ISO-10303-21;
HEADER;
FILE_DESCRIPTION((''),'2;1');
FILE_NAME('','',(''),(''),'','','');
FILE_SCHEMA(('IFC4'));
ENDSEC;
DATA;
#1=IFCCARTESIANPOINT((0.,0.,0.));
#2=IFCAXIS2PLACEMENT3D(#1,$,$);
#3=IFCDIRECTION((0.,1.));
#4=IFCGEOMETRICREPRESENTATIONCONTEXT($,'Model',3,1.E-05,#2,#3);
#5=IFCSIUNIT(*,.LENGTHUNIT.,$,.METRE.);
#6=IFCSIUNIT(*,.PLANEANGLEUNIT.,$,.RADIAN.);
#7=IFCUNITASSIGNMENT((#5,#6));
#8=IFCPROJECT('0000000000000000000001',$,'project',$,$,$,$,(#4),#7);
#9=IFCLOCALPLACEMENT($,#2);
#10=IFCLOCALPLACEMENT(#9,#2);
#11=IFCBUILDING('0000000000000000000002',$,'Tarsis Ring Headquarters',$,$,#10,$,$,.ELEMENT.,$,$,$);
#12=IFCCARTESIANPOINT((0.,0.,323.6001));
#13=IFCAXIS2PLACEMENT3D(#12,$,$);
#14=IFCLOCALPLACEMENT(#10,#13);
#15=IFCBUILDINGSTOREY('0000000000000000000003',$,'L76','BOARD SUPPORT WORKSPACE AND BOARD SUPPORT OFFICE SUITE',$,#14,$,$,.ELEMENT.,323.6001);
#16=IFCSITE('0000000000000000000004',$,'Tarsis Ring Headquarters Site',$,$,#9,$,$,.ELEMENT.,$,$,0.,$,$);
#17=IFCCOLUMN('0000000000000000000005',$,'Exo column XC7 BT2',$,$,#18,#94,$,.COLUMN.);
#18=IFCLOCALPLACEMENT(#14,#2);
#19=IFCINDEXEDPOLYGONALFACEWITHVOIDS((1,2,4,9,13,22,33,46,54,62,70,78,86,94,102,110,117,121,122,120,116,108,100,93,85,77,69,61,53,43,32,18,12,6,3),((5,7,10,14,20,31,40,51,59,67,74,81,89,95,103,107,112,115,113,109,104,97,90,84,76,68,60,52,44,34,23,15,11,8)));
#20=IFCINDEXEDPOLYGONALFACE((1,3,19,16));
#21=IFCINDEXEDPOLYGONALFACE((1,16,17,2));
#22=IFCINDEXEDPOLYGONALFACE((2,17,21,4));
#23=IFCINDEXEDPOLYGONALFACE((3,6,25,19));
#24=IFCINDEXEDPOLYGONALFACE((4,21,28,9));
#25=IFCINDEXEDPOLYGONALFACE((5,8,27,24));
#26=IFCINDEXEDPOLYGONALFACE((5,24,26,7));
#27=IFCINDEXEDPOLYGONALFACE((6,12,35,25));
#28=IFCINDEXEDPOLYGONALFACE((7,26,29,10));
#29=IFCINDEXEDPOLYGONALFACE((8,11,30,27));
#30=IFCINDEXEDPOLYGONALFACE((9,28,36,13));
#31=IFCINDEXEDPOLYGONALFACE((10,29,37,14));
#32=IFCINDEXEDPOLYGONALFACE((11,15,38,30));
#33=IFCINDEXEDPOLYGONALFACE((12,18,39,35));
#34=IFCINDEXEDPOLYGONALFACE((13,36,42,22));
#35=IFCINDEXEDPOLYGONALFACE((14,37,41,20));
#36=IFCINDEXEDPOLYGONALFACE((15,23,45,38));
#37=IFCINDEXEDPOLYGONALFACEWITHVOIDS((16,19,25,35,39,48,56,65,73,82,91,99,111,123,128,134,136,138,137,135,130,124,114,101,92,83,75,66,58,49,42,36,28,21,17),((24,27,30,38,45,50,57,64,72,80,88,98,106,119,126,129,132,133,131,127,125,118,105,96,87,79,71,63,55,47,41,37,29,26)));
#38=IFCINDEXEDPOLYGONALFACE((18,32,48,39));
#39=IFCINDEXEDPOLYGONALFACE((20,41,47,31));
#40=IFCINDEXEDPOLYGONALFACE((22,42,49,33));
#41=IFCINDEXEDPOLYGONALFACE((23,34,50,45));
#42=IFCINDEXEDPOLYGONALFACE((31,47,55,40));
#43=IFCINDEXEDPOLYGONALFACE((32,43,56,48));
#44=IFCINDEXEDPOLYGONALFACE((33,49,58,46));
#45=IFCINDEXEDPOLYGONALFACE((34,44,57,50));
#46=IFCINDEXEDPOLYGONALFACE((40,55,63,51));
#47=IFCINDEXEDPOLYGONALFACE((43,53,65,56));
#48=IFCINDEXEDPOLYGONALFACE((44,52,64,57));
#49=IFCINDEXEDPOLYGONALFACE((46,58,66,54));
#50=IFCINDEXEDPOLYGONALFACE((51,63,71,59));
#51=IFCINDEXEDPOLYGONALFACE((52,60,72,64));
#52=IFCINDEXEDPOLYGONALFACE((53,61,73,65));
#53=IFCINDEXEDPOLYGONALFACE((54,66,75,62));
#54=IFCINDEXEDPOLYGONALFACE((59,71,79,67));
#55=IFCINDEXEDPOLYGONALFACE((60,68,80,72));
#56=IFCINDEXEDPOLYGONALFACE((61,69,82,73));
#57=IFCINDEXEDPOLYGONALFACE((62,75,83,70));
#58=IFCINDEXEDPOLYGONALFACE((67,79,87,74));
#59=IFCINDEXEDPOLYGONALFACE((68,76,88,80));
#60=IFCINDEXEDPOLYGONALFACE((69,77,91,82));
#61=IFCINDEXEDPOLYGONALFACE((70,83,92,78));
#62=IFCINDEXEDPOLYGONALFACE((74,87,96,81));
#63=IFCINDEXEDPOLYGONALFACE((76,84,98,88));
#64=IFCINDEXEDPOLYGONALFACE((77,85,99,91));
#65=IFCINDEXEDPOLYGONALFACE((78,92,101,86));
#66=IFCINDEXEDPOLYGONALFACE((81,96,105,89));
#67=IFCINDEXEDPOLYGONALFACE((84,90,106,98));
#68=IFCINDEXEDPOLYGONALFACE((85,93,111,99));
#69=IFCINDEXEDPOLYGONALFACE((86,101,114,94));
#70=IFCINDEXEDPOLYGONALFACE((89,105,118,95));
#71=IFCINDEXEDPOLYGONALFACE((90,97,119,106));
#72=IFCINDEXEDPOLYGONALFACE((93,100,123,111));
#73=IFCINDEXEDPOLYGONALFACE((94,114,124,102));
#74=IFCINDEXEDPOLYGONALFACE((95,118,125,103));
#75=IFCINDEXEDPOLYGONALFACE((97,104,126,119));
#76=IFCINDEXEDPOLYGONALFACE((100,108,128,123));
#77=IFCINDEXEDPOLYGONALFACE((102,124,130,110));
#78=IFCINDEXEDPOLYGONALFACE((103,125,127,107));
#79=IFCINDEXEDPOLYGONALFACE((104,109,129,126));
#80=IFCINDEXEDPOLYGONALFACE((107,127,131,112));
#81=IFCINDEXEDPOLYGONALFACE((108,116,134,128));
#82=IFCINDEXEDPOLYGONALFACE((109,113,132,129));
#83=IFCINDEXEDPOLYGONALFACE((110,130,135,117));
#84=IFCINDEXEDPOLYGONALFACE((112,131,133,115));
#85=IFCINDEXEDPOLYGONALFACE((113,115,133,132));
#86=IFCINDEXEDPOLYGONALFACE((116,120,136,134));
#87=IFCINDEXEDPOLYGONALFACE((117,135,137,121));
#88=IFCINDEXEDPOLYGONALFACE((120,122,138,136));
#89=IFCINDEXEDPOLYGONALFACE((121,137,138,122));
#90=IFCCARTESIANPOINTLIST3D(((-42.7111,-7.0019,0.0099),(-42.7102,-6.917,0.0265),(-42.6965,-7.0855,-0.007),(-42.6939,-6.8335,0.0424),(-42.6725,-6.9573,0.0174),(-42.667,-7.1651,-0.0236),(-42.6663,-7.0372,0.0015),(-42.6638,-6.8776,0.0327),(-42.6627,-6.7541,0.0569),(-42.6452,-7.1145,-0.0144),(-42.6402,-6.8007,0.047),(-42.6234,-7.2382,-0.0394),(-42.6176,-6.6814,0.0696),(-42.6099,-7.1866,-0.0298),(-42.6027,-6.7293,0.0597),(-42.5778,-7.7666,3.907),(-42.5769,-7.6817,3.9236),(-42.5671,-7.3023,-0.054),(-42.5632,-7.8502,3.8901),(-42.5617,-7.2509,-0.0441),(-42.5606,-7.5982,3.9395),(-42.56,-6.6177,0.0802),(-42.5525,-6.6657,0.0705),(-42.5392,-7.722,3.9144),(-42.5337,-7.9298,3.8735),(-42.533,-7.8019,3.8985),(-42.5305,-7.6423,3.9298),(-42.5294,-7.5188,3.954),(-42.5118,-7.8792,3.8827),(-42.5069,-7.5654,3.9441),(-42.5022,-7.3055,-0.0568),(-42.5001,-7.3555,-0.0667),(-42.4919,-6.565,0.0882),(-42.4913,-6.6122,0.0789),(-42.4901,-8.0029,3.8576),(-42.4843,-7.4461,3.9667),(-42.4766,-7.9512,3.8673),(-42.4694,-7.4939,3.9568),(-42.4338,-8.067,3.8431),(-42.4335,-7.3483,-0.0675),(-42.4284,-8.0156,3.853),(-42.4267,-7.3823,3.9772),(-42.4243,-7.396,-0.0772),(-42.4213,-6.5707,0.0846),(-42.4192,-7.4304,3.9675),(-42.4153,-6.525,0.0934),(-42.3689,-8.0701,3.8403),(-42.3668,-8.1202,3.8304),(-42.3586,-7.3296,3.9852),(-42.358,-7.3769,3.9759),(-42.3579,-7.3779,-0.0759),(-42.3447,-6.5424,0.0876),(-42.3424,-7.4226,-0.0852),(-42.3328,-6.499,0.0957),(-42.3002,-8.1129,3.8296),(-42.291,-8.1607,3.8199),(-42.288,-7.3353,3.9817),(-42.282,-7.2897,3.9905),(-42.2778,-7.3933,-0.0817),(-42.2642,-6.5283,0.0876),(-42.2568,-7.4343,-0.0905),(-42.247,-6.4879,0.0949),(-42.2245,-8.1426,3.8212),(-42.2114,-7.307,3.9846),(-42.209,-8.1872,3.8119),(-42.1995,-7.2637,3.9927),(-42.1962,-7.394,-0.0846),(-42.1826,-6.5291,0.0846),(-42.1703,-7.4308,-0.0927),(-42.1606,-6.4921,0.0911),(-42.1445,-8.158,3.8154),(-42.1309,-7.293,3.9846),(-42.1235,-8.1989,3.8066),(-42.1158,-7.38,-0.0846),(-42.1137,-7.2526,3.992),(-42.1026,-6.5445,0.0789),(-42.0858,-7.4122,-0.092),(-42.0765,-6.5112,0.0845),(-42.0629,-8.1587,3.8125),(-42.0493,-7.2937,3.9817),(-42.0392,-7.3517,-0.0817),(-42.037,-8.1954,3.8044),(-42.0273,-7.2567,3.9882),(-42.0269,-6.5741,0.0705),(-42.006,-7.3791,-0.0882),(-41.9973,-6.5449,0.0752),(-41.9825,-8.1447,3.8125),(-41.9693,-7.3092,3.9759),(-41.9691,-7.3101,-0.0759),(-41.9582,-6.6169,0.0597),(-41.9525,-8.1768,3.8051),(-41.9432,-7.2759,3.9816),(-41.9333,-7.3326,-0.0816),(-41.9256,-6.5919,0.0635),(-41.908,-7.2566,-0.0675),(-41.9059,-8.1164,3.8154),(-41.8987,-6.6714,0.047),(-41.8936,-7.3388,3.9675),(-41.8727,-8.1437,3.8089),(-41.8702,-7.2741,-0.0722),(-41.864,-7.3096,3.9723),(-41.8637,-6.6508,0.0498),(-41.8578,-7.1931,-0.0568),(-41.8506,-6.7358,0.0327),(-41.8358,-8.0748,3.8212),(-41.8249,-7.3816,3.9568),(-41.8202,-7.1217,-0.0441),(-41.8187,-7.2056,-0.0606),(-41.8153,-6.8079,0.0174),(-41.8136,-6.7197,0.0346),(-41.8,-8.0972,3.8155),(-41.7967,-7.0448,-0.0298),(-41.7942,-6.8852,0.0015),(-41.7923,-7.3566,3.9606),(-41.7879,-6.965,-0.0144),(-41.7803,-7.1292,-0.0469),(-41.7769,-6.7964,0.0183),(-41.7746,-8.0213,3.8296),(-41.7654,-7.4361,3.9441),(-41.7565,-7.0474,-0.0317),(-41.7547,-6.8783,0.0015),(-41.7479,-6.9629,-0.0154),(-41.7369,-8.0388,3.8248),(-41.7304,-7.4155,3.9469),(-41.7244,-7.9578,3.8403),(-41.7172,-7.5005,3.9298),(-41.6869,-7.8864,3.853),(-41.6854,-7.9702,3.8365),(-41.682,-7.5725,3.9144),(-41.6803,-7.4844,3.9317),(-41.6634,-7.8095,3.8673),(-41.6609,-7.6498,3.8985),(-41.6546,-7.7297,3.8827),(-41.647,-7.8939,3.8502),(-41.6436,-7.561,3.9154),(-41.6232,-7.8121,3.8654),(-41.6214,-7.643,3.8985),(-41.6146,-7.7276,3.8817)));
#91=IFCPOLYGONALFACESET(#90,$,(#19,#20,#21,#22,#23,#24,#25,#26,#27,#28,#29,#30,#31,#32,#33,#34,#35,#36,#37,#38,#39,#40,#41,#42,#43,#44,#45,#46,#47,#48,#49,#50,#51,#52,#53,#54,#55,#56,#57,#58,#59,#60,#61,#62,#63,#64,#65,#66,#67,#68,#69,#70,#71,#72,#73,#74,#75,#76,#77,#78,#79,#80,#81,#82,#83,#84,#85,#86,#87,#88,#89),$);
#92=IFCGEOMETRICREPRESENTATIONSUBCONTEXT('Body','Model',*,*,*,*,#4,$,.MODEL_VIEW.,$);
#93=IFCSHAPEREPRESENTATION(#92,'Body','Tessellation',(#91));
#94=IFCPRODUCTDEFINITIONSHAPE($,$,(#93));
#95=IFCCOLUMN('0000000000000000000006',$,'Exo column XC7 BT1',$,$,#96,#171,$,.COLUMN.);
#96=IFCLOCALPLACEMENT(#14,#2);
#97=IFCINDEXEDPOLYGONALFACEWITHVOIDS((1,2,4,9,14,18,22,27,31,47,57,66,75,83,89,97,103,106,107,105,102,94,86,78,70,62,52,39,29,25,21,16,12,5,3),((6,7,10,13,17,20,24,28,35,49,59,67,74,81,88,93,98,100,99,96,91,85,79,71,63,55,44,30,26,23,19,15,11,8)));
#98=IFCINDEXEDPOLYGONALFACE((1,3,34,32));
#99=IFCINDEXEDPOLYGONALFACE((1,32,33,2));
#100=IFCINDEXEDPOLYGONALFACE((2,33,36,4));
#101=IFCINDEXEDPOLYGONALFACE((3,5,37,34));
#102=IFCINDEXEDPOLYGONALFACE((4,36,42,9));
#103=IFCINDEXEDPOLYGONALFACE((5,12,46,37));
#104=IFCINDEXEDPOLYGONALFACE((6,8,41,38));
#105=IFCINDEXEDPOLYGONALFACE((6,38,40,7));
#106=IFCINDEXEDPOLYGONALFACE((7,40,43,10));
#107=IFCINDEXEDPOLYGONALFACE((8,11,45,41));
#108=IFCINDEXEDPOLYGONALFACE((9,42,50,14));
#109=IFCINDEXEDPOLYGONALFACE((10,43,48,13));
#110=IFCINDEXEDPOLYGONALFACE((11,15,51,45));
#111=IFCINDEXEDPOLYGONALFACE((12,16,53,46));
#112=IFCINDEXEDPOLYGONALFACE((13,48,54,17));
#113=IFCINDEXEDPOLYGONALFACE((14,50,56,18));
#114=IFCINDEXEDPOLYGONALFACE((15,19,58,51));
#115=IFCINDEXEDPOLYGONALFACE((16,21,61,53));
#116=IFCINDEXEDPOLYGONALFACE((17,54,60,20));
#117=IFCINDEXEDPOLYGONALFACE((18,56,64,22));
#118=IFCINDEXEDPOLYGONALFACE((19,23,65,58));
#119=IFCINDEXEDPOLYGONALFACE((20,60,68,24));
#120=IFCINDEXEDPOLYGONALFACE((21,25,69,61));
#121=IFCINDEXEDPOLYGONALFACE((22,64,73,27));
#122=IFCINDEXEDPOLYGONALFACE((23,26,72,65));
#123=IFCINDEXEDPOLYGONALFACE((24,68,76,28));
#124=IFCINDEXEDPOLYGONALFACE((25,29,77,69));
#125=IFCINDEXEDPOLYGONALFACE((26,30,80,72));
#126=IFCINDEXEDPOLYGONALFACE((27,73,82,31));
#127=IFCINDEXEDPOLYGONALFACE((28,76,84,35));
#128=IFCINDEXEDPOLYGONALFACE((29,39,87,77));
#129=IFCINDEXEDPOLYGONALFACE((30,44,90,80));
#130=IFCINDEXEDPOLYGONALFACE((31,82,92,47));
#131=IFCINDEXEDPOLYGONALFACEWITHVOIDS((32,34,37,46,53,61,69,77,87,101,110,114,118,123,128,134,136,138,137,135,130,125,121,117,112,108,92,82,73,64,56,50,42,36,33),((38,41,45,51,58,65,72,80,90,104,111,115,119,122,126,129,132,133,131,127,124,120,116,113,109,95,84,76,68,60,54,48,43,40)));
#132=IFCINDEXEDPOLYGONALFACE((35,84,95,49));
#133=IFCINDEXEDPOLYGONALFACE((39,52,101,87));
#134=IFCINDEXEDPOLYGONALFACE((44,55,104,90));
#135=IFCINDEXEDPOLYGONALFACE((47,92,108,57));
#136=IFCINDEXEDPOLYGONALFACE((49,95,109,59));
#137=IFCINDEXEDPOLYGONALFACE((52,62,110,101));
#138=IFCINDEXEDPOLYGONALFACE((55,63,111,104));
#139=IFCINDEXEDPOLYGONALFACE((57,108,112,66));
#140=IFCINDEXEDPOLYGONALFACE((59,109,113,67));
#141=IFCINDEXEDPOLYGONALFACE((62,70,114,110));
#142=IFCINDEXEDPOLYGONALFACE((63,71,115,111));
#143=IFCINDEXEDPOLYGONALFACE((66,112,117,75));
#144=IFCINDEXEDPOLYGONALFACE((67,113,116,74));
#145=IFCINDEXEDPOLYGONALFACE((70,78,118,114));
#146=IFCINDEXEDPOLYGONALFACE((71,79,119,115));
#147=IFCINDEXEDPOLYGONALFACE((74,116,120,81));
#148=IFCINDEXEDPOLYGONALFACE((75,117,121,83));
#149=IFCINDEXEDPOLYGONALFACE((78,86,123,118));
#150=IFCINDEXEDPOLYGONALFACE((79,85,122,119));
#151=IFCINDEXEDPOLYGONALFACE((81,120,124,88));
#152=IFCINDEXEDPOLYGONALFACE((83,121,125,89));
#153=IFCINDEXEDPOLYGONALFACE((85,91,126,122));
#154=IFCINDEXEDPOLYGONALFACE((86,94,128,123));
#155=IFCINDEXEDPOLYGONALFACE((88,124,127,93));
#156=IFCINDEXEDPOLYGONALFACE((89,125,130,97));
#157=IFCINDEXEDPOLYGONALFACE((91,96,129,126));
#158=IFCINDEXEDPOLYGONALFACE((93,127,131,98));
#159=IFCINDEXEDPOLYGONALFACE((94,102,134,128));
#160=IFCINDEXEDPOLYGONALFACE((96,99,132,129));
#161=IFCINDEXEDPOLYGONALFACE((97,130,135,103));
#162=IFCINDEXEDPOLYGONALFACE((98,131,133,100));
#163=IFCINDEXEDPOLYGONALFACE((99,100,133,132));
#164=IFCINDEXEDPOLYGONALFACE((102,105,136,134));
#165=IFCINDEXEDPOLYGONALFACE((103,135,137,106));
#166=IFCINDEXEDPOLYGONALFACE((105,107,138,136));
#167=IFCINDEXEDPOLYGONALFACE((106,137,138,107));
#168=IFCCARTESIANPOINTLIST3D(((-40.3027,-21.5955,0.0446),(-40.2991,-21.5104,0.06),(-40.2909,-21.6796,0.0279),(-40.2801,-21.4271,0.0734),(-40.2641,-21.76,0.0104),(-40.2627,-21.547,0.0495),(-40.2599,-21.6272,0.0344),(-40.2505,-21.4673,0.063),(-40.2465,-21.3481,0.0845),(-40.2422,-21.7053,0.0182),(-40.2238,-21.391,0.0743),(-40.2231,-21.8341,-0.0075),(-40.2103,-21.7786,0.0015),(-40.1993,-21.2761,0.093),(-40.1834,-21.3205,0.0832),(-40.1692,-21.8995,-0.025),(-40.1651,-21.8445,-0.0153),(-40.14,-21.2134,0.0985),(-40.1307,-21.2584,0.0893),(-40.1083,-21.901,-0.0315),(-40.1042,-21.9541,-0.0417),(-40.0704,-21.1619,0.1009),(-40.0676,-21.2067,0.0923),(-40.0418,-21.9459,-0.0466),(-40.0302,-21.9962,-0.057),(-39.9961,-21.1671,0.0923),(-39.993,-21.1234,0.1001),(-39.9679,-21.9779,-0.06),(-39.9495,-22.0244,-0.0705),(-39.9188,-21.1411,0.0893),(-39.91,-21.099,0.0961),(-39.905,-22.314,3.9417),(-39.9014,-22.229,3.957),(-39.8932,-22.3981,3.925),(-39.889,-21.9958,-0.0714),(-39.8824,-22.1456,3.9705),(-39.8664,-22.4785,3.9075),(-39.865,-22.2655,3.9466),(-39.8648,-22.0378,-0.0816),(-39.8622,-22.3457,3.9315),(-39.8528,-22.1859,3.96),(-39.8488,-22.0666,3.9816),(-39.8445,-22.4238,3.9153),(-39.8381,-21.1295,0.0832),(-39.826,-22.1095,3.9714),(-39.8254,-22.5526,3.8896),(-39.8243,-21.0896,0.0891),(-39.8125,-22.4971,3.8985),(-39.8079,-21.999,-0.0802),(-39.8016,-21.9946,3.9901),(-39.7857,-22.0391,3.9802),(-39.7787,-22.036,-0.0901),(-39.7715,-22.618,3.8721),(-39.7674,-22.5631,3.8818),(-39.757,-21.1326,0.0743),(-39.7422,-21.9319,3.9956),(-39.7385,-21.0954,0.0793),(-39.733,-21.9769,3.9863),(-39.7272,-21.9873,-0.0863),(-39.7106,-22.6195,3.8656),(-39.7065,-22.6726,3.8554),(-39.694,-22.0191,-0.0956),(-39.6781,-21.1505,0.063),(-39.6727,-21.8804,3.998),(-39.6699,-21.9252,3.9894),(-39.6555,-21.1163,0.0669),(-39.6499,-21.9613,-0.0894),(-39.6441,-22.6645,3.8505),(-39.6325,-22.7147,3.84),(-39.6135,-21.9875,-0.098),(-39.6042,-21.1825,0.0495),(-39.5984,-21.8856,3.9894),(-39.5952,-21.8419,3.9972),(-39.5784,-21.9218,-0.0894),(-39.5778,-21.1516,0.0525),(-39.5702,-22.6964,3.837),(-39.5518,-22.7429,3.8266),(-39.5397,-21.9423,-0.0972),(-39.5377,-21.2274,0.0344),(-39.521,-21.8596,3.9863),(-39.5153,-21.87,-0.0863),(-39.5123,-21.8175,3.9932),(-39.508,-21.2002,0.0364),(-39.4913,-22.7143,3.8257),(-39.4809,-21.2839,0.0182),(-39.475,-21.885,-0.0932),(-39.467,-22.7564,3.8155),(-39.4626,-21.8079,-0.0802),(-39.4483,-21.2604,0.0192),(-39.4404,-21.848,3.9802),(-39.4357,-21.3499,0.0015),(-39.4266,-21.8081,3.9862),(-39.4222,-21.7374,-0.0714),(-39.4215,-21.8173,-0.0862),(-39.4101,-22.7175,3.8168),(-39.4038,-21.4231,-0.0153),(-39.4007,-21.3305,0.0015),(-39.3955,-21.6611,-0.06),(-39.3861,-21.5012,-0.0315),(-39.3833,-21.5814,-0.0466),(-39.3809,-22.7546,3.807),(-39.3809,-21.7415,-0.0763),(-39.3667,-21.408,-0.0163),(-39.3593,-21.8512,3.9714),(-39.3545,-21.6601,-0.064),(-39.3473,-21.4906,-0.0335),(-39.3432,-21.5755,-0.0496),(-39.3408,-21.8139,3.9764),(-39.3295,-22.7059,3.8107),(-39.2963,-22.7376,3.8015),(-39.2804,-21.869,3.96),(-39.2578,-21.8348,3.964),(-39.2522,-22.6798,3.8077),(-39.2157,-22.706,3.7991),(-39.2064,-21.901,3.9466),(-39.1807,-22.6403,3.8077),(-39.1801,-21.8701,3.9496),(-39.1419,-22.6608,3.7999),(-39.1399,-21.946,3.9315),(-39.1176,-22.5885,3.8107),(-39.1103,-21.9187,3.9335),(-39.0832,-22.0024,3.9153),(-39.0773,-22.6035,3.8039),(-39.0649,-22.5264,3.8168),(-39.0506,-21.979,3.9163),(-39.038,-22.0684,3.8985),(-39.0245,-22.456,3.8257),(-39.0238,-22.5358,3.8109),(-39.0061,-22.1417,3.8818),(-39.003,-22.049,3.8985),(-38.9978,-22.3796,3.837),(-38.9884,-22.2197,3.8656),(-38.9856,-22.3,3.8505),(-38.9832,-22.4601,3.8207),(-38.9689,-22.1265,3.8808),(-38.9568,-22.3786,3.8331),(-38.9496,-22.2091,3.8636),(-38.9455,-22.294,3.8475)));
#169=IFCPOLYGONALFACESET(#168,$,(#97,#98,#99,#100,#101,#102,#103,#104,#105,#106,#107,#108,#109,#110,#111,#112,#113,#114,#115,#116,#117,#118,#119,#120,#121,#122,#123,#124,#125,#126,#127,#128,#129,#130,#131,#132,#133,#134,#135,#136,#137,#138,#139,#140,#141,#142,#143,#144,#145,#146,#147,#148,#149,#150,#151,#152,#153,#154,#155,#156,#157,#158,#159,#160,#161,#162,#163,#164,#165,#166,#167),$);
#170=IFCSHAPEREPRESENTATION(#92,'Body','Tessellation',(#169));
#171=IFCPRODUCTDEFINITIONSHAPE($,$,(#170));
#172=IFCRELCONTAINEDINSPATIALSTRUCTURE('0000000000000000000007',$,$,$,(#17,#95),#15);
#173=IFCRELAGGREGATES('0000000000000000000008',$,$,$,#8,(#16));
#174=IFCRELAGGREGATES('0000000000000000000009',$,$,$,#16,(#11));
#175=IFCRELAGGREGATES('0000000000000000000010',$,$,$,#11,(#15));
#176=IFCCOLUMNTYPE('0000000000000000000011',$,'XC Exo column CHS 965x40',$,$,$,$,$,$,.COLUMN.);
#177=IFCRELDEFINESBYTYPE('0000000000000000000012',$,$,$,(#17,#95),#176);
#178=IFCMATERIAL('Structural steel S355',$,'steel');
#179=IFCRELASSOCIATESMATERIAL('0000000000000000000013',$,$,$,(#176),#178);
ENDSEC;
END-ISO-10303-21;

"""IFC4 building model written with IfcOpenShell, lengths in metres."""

from ifc_helpers import new_model, si_unit, direction, frame, origin, origin_2d, place, context, subcontext, project, spatial, hollow_circle, extrude, material, material_profile, profile_set, type_object, element, save


model = new_model("IFC4")

# Units and contexts
model_context = context("Model", 3, precision=1e-05, world=origin(), true_north=direction((0.0, 1.0)))
body_context = subcontext(model_context, "Body", "Model", "MODEL_VIEW")
ifc_project = project(units=[si_unit("LENGTHUNIT", "METRE"), si_unit("PLANEANGLEUNIT", "RADIAN")], contexts=[model_context])

# Site, building, storey
site_placement = place(None, origin())
site = spatial("IfcSite", under=ifc_project, at=site_placement, Name="Tarsis Ring Headquarters Site", CompositionType="ELEMENT", RefElevation=0.0)
building_placement = place(site_placement, origin())
building = spatial("IfcBuilding", under=site, at=building_placement, Name="Tarsis Ring Headquarters", CompositionType="ELEMENT")
storey_placement = place(building_placement, frame((0.0, 0.0, 323.6001)))
storey = spatial("IfcBuildingStorey", under=building, at=storey_placement, Name="L76", Description="BOARD SUPPORT WORKSPACE AND BOARD SUPPORT OFFICE SUITE", CompositionType="ELEMENT", Elevation=323.6001)

# Columns
ifc_material_1 = material(Name="Structural steel S355", Category="steel")
ifc_material_profile_1 = material_profile(ifc_material_1, hollow_circle(Radius=0.4827, WallThickness=0.04, at=origin_2d()), Name="CHS 965x40")
ifc_profile_set_1 = profile_set([ifc_material_profile_1], Name="Structural steel S355")
column_type = type_object("IfcColumnType", Name="XC Exo column CHS 965x40", PredefinedType="COLUMN", material=ifc_profile_set_1)
column_1_placement = place(storey_placement, frame((-42.2302, -6.9612, 0.0015), z_axis=(0.033547, -0.192436, 0.980736), x_axis=(0.985142, 0.171739, 0.0)))
element("IfcColumn", 1, at=column_1_placement, inside=storey, type_object=column_type, Name="Exo column XC7 BT2", PredefinedType="COLUMN", context=body_context, shape_type="SweptSolid", body=[
    extrude(hollow_circle(Radius=0.4827, WallThickness=0.04, at=origin_2d()), origin(), (0.0, 0.0, 1.0), 3.9736),
])
column_2_placement = place(storey_placement, frame((-39.823, -21.5642, 0.0015), z_axis=(0.099862, -0.180413, 0.978508), x_axis=(0.874913, 0.484279, 0.0)))
element("IfcColumn", 2, at=column_2_placement, inside=storey, type_object=column_type, Name="Exo column XC7 BT1", PredefinedType="COLUMN", context=body_context, shape_type="SweptSolid", body=[
    extrude(hollow_circle(Radius=0.4827, WallThickness=0.04, at=origin_2d()), origin(), (0.0, 0.0, 1.0), 3.9827),
])

save(model, "model.ifc")
